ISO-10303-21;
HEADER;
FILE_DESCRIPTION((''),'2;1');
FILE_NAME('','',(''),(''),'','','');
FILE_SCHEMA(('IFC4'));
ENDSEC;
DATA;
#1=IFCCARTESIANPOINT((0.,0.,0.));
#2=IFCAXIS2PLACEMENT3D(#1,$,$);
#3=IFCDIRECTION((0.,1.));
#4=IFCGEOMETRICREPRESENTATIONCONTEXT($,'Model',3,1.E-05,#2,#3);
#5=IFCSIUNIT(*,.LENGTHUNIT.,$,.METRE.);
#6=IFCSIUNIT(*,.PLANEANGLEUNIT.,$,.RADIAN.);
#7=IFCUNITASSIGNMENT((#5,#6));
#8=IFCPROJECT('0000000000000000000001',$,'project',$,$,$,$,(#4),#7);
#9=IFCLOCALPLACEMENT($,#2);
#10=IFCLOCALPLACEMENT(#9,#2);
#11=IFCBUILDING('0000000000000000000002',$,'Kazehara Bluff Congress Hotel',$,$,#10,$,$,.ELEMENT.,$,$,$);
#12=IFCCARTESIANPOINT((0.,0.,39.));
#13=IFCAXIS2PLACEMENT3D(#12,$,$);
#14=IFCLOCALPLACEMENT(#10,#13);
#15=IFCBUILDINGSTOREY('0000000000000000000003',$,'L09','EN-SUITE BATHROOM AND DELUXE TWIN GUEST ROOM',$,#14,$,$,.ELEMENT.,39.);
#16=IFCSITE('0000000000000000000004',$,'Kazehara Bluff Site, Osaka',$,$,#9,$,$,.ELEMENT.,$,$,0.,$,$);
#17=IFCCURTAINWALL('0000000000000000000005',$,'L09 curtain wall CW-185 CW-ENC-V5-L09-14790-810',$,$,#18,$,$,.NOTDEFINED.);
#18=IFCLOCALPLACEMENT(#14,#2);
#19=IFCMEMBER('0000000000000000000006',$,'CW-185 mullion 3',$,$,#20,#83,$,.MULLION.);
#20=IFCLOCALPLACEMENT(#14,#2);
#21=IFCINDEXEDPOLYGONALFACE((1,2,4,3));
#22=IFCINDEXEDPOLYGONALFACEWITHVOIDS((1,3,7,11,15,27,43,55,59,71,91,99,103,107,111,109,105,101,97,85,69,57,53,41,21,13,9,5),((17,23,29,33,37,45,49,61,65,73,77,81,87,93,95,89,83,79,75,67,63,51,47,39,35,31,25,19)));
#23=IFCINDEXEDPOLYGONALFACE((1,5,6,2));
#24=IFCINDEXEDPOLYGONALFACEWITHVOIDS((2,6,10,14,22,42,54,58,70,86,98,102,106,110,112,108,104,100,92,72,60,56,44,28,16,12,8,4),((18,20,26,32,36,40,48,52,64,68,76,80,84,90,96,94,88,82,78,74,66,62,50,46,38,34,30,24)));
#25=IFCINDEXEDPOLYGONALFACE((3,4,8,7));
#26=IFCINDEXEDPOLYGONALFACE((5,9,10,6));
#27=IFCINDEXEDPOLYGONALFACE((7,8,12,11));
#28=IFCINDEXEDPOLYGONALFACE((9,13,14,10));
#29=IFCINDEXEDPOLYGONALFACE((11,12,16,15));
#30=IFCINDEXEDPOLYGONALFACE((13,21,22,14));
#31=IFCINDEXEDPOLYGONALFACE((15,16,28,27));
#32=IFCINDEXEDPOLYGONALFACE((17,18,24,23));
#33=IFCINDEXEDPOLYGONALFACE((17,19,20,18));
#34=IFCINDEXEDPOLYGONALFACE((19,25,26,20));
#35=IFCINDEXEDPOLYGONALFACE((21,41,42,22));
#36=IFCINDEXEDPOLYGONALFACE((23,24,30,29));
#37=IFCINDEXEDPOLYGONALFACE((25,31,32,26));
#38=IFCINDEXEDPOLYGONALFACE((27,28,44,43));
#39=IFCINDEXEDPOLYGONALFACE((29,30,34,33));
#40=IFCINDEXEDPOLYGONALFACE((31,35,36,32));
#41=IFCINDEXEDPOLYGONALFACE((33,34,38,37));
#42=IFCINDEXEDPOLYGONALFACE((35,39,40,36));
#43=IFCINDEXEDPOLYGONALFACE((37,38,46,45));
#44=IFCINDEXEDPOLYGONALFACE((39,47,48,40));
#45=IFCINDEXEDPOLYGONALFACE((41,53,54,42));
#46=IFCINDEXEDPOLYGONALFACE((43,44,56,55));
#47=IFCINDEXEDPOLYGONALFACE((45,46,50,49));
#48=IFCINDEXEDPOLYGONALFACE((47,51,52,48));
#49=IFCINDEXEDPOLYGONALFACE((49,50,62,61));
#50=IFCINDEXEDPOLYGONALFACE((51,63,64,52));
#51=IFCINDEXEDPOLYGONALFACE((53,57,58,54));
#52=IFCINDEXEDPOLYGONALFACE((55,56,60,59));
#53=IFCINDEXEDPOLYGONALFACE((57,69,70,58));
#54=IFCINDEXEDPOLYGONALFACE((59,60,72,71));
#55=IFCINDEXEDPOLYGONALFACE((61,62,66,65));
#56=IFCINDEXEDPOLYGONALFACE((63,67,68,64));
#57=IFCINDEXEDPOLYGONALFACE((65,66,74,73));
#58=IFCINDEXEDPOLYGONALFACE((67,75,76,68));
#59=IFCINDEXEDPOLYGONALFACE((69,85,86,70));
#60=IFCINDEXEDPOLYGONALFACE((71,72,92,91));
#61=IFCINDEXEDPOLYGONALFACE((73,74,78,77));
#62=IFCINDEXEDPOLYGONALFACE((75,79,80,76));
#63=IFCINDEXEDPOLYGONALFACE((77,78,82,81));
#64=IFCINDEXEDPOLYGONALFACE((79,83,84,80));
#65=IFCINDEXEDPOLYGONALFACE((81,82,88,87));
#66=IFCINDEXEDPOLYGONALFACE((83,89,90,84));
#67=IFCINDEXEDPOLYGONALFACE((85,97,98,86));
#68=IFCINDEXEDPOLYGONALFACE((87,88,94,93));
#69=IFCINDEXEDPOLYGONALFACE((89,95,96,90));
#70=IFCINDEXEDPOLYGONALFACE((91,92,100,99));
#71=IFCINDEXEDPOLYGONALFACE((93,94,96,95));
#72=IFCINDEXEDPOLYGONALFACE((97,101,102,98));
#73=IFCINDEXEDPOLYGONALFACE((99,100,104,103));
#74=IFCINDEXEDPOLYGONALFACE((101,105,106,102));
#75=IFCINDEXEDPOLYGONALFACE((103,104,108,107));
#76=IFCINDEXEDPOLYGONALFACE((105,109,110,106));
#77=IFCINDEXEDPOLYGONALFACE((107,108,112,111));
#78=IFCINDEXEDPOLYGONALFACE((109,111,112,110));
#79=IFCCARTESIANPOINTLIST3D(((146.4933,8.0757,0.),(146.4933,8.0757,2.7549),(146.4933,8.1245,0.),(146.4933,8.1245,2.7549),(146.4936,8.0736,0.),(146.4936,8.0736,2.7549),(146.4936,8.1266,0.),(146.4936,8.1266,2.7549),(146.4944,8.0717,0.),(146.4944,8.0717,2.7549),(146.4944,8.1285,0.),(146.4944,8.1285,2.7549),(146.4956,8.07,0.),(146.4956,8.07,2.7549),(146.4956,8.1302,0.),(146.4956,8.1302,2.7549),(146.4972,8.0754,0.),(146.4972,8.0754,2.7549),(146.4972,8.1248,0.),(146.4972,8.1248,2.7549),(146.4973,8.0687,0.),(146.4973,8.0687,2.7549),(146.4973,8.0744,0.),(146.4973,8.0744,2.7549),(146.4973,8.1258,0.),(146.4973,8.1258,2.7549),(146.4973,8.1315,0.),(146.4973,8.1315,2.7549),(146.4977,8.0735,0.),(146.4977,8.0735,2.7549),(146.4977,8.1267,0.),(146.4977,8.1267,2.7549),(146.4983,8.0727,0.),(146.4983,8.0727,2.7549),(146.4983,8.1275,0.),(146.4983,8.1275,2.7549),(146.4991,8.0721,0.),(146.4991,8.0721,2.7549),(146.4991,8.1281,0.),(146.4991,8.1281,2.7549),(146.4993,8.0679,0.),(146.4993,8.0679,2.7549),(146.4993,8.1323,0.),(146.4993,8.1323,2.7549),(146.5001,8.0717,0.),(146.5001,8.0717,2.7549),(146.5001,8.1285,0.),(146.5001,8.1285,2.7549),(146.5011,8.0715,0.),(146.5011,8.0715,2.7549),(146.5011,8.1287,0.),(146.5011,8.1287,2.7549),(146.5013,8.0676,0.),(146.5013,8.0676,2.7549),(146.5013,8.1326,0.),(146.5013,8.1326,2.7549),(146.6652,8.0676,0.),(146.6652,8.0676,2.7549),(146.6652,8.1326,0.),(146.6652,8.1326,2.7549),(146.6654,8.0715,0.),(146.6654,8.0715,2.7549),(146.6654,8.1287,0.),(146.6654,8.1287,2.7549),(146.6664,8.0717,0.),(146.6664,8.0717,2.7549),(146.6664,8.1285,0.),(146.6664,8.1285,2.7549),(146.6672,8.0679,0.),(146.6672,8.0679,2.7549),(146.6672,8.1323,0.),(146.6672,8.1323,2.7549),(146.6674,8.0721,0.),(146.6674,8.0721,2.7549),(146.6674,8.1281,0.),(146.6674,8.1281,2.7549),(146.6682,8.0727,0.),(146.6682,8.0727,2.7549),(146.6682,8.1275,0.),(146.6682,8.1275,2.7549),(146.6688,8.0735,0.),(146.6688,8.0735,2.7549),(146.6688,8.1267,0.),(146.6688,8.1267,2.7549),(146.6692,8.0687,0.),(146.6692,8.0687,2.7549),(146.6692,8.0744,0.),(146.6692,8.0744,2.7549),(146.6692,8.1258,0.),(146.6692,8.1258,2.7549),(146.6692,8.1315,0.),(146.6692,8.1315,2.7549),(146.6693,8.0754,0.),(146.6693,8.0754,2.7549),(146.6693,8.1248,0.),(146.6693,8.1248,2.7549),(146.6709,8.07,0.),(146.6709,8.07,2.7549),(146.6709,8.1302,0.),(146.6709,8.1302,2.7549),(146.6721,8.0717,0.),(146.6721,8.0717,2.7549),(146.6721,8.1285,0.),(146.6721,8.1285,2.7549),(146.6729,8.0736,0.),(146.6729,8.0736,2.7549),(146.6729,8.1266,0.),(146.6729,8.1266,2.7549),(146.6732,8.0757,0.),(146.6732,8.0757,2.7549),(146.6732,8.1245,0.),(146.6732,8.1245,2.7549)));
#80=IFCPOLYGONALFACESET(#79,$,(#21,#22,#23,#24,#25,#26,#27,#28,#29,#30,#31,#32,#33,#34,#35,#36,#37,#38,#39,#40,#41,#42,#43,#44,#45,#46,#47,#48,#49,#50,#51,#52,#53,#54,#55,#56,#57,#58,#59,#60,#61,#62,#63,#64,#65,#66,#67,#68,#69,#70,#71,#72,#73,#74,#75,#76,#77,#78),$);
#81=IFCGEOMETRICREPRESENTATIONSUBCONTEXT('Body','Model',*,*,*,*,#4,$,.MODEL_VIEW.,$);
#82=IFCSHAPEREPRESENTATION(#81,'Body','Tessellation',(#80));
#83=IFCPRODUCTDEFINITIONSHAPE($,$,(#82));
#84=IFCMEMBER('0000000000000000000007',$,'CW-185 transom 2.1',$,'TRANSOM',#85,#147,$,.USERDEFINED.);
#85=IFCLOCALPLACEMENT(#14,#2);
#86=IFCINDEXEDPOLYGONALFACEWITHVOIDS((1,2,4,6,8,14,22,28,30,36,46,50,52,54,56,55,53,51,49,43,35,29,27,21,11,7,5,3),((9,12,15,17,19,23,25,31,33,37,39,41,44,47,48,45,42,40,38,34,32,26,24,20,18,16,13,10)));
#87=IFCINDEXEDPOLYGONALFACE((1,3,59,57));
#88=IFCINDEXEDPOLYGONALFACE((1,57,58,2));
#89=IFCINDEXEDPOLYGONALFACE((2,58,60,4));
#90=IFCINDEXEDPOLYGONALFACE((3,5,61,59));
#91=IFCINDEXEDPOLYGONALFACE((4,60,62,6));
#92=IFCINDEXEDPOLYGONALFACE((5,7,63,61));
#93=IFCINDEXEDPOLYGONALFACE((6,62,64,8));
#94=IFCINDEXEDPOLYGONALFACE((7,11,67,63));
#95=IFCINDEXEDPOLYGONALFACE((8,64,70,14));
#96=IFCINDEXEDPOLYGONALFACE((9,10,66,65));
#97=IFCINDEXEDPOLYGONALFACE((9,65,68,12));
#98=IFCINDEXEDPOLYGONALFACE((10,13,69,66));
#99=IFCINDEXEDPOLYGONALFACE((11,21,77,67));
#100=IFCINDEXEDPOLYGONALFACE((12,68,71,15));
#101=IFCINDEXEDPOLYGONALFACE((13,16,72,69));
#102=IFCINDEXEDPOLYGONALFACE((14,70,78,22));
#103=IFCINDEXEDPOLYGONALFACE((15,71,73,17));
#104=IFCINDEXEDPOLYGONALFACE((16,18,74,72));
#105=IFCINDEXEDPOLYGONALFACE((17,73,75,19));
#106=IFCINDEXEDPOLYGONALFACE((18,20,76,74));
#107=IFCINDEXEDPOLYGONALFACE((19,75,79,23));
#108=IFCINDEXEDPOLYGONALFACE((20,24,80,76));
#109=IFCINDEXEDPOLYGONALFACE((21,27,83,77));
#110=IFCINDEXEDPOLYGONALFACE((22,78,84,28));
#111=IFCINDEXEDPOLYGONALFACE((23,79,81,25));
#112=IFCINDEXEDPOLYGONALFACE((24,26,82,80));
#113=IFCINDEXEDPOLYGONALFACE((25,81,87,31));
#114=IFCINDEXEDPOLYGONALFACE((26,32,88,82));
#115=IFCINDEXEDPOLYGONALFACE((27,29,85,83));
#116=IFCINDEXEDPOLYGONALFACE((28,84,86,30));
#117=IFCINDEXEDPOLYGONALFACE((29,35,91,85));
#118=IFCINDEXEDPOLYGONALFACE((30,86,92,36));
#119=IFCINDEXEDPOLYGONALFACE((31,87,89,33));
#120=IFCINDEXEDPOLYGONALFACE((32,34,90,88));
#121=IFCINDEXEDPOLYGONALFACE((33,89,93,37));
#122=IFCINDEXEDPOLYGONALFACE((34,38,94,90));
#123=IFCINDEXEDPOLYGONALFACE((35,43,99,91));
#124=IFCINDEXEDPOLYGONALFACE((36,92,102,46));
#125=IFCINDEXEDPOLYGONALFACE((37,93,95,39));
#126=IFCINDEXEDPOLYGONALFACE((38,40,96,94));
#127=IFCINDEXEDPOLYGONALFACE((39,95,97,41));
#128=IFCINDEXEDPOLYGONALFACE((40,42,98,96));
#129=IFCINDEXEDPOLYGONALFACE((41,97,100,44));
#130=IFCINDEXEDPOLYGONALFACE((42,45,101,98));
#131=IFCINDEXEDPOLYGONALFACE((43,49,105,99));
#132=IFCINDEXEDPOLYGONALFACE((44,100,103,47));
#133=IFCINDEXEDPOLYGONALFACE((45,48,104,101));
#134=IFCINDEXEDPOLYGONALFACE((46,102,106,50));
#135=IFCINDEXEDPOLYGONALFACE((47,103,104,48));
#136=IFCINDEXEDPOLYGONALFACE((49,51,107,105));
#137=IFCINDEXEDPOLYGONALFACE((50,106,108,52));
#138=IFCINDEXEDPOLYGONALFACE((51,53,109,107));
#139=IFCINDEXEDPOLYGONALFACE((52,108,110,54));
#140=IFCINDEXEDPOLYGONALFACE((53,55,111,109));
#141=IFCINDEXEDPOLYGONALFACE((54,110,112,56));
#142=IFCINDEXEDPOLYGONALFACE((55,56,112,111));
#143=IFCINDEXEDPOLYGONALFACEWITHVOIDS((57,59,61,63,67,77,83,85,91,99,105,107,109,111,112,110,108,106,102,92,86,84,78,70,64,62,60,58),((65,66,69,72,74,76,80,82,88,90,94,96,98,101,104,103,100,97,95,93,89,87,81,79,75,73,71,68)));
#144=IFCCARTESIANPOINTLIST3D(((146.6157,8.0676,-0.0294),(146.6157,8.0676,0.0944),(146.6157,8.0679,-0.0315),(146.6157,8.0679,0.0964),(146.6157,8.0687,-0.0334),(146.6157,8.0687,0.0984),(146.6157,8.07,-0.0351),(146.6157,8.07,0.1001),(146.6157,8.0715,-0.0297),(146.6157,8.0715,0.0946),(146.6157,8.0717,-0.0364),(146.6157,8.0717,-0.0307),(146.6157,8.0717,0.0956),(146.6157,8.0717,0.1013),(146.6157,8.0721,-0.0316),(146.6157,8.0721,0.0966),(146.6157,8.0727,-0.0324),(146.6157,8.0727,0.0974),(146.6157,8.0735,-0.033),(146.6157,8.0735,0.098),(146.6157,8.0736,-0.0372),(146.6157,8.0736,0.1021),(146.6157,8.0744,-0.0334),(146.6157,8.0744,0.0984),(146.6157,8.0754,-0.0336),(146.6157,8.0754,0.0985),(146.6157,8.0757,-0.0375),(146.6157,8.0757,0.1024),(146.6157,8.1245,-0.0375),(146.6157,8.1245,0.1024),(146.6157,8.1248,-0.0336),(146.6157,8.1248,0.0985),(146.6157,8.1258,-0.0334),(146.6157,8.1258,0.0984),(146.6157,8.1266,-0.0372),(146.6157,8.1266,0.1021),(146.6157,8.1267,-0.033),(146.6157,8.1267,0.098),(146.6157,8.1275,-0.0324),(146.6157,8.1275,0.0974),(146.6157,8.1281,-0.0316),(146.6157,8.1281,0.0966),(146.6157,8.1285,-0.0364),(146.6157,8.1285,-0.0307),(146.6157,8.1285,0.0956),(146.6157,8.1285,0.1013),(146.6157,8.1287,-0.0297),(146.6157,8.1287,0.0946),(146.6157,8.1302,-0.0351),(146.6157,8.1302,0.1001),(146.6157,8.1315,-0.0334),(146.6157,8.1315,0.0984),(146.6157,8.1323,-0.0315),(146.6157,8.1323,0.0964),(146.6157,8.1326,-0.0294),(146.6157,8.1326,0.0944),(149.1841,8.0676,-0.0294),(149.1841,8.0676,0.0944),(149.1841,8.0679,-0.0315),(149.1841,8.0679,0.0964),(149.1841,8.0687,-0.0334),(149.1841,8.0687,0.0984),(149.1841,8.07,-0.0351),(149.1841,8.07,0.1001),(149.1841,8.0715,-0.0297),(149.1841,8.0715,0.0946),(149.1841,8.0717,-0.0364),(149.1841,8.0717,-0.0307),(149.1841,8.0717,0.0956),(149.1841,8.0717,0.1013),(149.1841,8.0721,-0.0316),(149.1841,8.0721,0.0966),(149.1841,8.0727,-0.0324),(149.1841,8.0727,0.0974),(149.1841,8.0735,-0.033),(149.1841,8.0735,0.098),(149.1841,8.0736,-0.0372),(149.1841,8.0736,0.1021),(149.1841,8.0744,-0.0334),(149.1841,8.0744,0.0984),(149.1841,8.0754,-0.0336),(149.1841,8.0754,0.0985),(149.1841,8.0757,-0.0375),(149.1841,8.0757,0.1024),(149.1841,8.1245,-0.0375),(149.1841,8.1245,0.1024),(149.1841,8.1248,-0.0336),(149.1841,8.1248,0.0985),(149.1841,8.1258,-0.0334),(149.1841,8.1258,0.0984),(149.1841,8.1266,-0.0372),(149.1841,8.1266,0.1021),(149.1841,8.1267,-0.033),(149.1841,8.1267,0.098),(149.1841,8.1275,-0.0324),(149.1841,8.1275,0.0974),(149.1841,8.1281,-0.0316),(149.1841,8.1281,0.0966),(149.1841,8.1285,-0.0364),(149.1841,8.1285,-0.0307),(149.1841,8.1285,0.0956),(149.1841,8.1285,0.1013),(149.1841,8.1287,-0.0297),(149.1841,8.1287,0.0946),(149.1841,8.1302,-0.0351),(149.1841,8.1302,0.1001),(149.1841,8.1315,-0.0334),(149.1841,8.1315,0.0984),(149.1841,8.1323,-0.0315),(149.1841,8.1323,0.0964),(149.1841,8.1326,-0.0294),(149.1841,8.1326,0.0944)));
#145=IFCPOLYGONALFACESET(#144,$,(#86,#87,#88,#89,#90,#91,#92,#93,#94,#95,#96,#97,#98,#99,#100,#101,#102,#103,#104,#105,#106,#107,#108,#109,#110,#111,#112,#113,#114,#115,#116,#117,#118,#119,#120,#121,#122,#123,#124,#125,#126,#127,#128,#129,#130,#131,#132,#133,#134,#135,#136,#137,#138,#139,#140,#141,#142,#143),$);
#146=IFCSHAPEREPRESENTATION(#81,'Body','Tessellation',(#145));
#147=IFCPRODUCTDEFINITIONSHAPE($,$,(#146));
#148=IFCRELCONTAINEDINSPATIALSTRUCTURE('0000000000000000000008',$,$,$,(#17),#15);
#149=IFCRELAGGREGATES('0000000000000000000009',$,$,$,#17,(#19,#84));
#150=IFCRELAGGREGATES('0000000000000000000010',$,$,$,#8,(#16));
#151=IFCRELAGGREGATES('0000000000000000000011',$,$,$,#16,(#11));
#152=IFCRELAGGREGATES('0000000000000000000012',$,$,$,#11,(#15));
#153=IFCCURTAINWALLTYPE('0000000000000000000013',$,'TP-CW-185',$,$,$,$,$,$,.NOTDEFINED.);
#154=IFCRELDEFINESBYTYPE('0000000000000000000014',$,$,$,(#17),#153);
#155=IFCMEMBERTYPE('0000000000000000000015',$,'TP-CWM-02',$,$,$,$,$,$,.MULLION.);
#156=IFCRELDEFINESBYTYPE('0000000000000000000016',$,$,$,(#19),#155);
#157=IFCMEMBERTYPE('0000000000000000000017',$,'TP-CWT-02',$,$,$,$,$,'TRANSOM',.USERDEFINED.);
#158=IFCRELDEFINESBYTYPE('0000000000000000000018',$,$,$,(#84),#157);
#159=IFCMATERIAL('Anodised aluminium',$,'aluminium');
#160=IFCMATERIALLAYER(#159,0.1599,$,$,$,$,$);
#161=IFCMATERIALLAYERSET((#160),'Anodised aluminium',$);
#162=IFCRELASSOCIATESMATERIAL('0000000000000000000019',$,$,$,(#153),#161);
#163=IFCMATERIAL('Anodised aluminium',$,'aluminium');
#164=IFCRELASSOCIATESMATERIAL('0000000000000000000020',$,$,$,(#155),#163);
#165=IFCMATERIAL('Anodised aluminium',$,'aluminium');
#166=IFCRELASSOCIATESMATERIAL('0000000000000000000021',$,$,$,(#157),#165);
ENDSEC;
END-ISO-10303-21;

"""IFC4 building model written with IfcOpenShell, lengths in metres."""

from ifc_helpers import new_model, si_unit, direction, frame, origin, origin_2d, place, context, subcontext, project, spatial, hollow_rectangle, extrude, material, layer, layer_set, material_profile, profile_set, type_object, element, aggregate, save


model = new_model("IFC4")

# Units and contexts
model_context = context("Model", 3, precision=1e-05, world=origin(), true_north=direction((0.0, 1.0)))
body_context = subcontext(model_context, "Body", "Model", "MODEL_VIEW")
ifc_project = project(units=[si_unit("LENGTHUNIT", "METRE"), si_unit("PLANEANGLEUNIT", "RADIAN")], contexts=[model_context])

# Site, building, storey
site_placement = place(None, origin())
site = spatial("IfcSite", under=ifc_project, at=site_placement, Name="Kazehara Bluff Site, Osaka", CompositionType="ELEMENT", RefElevation=0.0)
building_placement = place(site_placement, origin())
building = spatial("IfcBuilding", under=site, at=building_placement, Name="Kazehara Bluff Congress Hotel", CompositionType="ELEMENT")
storey_placement = place(building_placement, frame((0.0, 0.0, 39.0)))
storey = spatial("IfcBuildingStorey", under=building, at=storey_placement, Name="L09", Description="EN-SUITE BATHROOM AND DELUXE TWIN GUEST ROOM", CompositionType="ELEMENT", Elevation=39.0)

# Curtain wall, members
ifc_material_1 = material(Name="Anodised aluminium", Category="aluminium")
ifc_layer_1 = layer(ifc_material_1, 0.1599)
ifc_layer_set_1 = layer_set([ifc_layer_1], Name="Anodised aluminium")
curtain_wall_type = type_object("IfcCurtainWallType", Name="TP-CW-185", PredefinedType="NOTDEFINED", material=ifc_layer_set_1)
curtain_wall_placement = place(storey_placement, origin())
curtain_wall = element("IfcCurtainWall", 1, at=curtain_wall_placement, inside=storey, type_object=curtain_wall_type, Name="L09 curtain wall CW-185 CW-ENC-V5-L09-14790-810", PredefinedType="NOTDEFINED")
ifc_material_2 = material(Name="Anodised aluminium", Category="aluminium")
ifc_material_profile_1 = material_profile(ifc_material_2, hollow_rectangle(XDim=0.0649, YDim=0.1799, WallThickness=0.0039, InnerFilletRadius=0.0039, OuterFilletRadius=0.0081, at=origin_2d()))
ifc_profile_set_1 = profile_set([ifc_material_profile_1], Name="Anodised aluminium")
member_type_1 = type_object("IfcMemberType", Name="TP-CWM-02", PredefinedType="MULLION", material=ifc_profile_set_1)
member_1_placement = place(storey_placement, frame((146.5833, 8.1001, 0.0), z_axis=(0.0, 0.0, 1.0), x_axis=(0.0, -1.0, 0.0)))
member_1 = element("IfcMember", 2, at=member_1_placement, type_object=member_type_1, Name="CW-185 mullion 3", PredefinedType="MULLION", context=body_context, shape_type="SweptSolid", body=[
    extrude(hollow_rectangle(XDim=0.0649, YDim=0.1799, WallThickness=0.0039, InnerFilletRadius=0.0039, OuterFilletRadius=0.0081, at=origin_2d()), origin(), (0.0, 0.0, 1.0), 2.7549),
])
ifc_material_3 = material(Name="Anodised aluminium", Category="aluminium")
ifc_material_profile_2 = material_profile(ifc_material_3, hollow_rectangle(XDim=0.0649, YDim=0.1399, WallThickness=0.0039, InnerFilletRadius=0.0039, OuterFilletRadius=0.0081, at=origin_2d()))
ifc_profile_set_2 = profile_set([ifc_material_profile_2], Name="Anodised aluminium")
member_type_2 = type_object("IfcMemberType", Name="TP-CWT-02", ElementType="TRANSOM", PredefinedType="USERDEFINED", material=ifc_profile_set_2)
member_2_placement = place(storey_placement, frame((149.1841, 8.1001, 0.0325), z_axis=(-1.0, 0.0, 0.0), x_axis=(0.0, -1.0, 0.0)))
member_2 = element("IfcMember", 3, at=member_2_placement, type_object=member_type_2, Name="CW-185 transom 2.1", ObjectType="TRANSOM", PredefinedType="USERDEFINED", context=body_context, shape_type="SweptSolid", body=[
    extrude(hollow_rectangle(XDim=0.0649, YDim=0.1399, WallThickness=0.0039, InnerFilletRadius=0.0039, OuterFilletRadius=0.0081, at=origin_2d()), origin(), (0.0, 0.0, 1.0), 2.5684),
])

aggregate(curtain_wall, [member_1, member_2])

save(model, "model.ifc")
